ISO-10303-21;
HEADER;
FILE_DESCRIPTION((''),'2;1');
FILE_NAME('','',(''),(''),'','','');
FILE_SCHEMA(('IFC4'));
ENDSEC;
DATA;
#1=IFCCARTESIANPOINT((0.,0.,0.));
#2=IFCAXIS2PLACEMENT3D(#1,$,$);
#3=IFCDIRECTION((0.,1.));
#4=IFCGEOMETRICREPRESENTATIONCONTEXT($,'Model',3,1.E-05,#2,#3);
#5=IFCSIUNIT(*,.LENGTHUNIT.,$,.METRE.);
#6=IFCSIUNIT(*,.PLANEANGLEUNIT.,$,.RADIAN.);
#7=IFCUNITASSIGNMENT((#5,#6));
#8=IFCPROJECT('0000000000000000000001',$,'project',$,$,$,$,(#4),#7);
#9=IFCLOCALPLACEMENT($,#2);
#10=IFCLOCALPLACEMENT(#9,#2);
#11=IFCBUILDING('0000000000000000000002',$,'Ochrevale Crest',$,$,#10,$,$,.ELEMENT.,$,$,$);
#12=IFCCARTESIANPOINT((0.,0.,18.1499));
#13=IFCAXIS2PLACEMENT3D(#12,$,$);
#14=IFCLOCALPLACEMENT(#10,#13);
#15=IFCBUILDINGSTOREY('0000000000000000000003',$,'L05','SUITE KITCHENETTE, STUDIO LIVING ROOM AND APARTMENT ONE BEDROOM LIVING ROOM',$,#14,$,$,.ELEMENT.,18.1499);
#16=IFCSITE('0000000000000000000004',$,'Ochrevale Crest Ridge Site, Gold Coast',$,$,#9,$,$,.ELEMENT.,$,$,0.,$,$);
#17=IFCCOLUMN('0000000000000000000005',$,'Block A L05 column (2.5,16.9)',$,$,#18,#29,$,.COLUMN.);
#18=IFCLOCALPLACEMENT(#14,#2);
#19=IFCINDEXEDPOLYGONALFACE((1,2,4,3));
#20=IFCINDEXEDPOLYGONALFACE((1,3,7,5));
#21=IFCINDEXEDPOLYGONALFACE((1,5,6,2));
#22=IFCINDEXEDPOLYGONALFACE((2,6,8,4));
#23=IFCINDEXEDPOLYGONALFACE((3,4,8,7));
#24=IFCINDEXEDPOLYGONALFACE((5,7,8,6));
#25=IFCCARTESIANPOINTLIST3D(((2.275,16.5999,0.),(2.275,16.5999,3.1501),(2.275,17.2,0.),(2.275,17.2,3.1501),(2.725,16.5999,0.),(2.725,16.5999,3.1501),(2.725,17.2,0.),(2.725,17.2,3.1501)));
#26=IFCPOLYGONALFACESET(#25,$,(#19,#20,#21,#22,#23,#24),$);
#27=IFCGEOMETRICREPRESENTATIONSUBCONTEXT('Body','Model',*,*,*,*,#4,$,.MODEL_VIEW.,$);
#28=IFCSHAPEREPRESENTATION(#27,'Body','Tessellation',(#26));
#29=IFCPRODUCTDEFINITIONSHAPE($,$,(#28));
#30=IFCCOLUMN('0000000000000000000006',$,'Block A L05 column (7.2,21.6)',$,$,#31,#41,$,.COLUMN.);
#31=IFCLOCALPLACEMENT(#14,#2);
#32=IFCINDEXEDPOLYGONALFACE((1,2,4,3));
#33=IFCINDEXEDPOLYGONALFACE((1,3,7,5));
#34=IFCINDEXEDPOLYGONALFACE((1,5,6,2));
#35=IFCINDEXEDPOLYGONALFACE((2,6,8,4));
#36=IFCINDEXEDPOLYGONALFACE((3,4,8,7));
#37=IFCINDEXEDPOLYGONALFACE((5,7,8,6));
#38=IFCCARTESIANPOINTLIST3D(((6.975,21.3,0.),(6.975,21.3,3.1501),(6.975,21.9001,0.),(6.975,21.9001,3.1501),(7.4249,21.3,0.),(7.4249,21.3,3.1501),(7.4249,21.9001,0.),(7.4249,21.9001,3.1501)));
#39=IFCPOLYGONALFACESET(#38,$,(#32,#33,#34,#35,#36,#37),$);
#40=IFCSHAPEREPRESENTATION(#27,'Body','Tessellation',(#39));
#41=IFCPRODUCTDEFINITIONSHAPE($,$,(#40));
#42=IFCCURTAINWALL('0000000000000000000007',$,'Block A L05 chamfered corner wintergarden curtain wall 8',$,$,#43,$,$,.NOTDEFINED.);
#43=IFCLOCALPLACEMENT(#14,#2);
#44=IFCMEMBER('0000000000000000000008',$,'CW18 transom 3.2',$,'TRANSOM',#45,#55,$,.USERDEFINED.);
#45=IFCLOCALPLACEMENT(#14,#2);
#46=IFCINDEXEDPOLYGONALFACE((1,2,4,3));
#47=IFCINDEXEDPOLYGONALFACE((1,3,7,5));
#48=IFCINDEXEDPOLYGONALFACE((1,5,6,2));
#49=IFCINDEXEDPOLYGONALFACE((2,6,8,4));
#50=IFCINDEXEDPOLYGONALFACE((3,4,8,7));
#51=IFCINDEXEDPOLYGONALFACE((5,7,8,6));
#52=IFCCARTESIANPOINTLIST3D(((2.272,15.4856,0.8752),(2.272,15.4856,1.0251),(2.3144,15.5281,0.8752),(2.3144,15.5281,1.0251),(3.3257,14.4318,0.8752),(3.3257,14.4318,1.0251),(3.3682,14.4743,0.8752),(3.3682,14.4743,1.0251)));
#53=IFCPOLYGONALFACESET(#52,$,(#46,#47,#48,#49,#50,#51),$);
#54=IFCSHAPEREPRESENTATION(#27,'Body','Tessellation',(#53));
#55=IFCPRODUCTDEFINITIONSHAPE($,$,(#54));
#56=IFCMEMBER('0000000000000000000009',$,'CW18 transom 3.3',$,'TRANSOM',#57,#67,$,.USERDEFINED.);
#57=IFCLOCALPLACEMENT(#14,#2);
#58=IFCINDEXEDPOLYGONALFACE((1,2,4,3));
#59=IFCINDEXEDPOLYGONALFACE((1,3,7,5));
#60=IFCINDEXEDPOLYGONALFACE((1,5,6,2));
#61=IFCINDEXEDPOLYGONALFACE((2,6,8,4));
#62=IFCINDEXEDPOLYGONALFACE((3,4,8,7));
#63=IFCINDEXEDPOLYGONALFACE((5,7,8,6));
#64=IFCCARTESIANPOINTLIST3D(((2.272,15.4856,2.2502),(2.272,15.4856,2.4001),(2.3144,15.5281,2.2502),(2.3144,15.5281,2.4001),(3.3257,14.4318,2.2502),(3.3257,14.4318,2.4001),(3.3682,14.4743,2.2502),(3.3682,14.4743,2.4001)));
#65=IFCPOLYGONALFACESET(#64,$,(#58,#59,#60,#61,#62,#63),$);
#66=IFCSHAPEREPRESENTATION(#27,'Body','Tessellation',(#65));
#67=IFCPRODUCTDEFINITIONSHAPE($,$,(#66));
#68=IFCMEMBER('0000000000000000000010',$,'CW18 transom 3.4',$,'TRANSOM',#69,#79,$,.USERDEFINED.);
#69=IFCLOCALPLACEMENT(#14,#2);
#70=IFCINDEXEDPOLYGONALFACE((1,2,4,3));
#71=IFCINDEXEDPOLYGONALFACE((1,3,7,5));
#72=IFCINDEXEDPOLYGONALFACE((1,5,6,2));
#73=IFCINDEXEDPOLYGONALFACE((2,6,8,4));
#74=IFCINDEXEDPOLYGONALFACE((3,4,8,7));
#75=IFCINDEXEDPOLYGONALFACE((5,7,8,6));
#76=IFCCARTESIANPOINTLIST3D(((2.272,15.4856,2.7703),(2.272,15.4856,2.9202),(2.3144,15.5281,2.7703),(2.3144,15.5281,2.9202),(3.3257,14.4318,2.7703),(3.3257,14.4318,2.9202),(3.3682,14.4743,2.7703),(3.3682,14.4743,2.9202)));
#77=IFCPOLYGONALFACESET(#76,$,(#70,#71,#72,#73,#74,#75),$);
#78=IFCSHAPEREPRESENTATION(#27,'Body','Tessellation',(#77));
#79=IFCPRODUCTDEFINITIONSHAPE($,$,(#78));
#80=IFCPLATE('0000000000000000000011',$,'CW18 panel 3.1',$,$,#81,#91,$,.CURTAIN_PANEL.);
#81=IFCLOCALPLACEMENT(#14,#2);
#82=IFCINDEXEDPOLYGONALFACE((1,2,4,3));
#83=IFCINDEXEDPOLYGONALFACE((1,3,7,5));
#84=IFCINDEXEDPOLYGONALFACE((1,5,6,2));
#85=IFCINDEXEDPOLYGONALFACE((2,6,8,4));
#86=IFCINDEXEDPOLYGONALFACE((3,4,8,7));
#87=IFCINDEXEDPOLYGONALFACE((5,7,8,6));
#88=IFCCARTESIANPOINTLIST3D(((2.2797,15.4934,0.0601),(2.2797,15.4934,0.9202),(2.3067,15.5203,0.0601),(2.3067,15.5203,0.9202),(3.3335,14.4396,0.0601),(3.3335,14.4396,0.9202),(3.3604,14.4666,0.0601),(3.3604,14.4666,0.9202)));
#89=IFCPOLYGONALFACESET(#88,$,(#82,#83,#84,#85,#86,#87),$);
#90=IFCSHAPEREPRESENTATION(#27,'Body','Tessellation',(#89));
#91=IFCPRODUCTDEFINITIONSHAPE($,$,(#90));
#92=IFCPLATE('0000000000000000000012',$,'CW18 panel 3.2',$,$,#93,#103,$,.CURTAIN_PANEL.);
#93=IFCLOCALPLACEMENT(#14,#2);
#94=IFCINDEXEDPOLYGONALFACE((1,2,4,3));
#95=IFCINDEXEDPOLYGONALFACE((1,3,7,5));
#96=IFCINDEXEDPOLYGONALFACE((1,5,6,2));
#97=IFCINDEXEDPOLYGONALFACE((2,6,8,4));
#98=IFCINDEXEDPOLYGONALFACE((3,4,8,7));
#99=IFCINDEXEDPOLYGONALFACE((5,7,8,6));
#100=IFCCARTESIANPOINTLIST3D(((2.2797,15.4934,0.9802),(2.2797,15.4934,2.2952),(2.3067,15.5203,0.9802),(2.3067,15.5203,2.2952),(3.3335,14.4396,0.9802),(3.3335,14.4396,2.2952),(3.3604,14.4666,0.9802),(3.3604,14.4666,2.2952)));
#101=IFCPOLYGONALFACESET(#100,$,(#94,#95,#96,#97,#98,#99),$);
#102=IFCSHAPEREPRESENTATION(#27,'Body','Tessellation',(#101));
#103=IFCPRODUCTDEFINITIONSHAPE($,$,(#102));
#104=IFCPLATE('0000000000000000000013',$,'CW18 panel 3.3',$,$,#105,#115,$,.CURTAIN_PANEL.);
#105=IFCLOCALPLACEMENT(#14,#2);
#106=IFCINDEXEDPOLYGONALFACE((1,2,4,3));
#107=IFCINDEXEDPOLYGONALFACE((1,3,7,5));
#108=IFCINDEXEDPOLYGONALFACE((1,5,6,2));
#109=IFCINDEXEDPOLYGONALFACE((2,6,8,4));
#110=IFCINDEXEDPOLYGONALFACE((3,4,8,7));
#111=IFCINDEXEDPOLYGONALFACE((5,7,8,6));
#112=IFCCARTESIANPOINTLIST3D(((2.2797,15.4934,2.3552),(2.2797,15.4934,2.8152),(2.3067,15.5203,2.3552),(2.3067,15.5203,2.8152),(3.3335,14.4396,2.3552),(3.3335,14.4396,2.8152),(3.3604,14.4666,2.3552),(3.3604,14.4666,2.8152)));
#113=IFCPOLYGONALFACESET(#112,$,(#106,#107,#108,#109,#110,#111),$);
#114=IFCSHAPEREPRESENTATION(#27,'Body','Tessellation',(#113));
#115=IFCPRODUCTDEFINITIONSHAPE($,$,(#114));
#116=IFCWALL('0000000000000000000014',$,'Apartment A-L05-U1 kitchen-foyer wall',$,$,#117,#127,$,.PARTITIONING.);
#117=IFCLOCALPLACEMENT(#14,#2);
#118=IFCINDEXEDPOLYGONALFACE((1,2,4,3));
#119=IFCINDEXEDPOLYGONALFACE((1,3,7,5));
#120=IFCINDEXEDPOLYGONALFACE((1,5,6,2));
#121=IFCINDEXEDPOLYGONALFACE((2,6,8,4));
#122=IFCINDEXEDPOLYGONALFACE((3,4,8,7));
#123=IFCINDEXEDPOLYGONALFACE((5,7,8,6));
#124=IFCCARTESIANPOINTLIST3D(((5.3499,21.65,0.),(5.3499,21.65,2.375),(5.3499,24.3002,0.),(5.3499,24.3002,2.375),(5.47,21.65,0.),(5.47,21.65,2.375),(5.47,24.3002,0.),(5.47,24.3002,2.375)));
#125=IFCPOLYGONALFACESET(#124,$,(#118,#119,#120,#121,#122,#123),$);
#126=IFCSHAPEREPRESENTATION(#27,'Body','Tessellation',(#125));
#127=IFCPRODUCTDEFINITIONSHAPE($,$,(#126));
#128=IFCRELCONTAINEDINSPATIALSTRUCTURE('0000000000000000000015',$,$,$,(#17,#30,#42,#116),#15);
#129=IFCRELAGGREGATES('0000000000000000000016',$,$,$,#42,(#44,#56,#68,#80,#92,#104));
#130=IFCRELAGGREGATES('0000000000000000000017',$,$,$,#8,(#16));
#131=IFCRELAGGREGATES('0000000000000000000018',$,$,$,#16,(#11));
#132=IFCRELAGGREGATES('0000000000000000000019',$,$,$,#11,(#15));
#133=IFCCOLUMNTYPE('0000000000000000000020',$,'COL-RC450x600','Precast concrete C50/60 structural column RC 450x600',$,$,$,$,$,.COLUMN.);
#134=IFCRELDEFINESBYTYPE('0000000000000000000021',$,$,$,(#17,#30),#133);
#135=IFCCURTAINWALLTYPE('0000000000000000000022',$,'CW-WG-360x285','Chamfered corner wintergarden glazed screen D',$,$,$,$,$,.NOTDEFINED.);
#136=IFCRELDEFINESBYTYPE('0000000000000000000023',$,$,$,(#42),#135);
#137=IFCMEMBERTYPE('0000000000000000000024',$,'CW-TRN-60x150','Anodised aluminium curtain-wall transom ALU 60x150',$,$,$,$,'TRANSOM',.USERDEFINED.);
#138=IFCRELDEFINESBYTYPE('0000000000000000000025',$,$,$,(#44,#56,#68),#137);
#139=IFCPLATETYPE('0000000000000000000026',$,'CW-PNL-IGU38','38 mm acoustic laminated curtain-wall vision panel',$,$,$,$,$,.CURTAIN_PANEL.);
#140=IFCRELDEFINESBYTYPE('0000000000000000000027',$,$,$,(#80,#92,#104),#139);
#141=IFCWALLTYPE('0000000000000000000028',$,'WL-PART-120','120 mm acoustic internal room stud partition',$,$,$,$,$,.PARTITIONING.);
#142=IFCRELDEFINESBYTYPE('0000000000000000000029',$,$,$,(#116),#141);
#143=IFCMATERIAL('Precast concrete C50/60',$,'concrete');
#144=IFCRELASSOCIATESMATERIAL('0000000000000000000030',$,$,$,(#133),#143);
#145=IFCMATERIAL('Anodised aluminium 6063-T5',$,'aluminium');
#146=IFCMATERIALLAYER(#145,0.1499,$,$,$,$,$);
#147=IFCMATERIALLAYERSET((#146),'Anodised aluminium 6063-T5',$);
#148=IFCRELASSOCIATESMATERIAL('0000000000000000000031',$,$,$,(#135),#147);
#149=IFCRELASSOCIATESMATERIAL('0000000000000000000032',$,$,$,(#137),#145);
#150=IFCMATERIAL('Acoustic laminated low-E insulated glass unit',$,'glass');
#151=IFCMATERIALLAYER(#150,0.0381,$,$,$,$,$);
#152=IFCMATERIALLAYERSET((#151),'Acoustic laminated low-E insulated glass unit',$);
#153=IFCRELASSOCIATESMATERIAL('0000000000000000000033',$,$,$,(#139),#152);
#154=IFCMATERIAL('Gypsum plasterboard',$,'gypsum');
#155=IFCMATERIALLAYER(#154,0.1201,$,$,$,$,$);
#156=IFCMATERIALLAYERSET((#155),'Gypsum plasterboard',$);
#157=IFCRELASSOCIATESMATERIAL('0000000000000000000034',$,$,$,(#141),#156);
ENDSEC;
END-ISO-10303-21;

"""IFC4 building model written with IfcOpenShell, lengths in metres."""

from ifc_helpers import new_model, si_unit, direction, frame, frame_2d, origin, origin_2d, place, context, subcontext, project, spatial, rectangle, extrude, material, layer, layer_set, material_profile, profile_set, type_object, element, aggregate, save


model = new_model("IFC4")

# Units and contexts
model_context = context("Model", 3, precision=1e-05, world=origin(), true_north=direction((0.0, 1.0)))
body_context = subcontext(model_context, "Body", "Model", "MODEL_VIEW")
ifc_project = project(units=[si_unit("LENGTHUNIT", "METRE"), si_unit("PLANEANGLEUNIT", "RADIAN")], contexts=[model_context])

# Site, building, storey
site_placement = place(None, origin())
site = spatial("IfcSite", under=ifc_project, at=site_placement, Name="Ochrevale Crest Ridge Site, Gold Coast", CompositionType="ELEMENT", RefElevation=0.0)
building_placement = place(site_placement, origin())
building = spatial("IfcBuilding", under=site, at=building_placement, Name="Ochrevale Crest", CompositionType="ELEMENT")
storey_placement = place(building_placement, frame((0.0, 0.0, 18.1499)))
storey = spatial("IfcBuildingStorey", under=building, at=storey_placement, Name="L05", Description="SUITE KITCHENETTE, STUDIO LIVING ROOM AND APARTMENT ONE BEDROOM LIVING ROOM", CompositionType="ELEMENT", Elevation=18.1499)

# Columns
ifc_material_1 = material(Name="Precast concrete C50/60", Category="concrete")
ifc_material_profile_1 = material_profile(ifc_material_1, rectangle(XDim=0.45, YDim=0.6001, at=origin_2d()), Name="RC 450x600")
ifc_profile_set_1 = profile_set([ifc_material_profile_1], Name="Precast concrete C50/60")
column_type = type_object("IfcColumnType", Name="COL-RC450x600", Description="Precast concrete C50/60 structural column RC 450x600", PredefinedType="COLUMN", material=ifc_profile_set_1)
for number, where, z_axis, x_axis, name in (
    (1, (2.5, 16.8999, 0.0), (0.0, 0.0, 1.0), (1.0, 0.0, 0.0), "Block A L05 column (2.5,16.9)"),
    (2, (7.2, 21.6001, 0.0), (0.0, 0.0, 1.0), (1.0, 0.0, 0.0), "Block A L05 column (7.2,21.6)"),
):
    element("IfcColumn", number, at=place(storey_placement, frame(where, z_axis=z_axis, x_axis=x_axis)), inside=storey, type_object=column_type, Name=name, PredefinedType="COLUMN", context=body_context, shape_type="SweptSolid", body=[
        extrude(rectangle(XDim=0.45, YDim=0.6001, at=origin_2d()), origin(), (0.0, 0.0, 1.0), 3.1501),
    ])

# Curtain wall, members, plates
ifc_material_2 = material(Name="Anodised aluminium 6063-T5", Category="aluminium")
ifc_layer_1 = layer(ifc_material_2, 0.1499)
ifc_layer_set_1 = layer_set([ifc_layer_1], Name="Anodised aluminium 6063-T5")
curtain_wall_type = type_object("IfcCurtainWallType", Name="CW-WG-360x285", Description="Chamfered corner wintergarden glazed screen D", PredefinedType="NOTDEFINED", material=ifc_layer_set_1)
curtain_wall_placement = place(storey_placement, origin())
curtain_wall = element("IfcCurtainWall", 3, at=curtain_wall_placement, inside=storey, type_object=curtain_wall_type, Name="Block A L05 chamfered corner wintergarden curtain wall 8", PredefinedType="NOTDEFINED")
ifc_material_profile_2 = material_profile(ifc_material_2, rectangle(XDim=0.0601, YDim=0.1499, at=origin_2d()), Name="ALU 60x150")
ifc_profile_set_2 = profile_set([ifc_material_profile_2], Name="Anodised aluminium 6063-T5")
member_type = type_object("IfcMemberType", Name="CW-TRN-60x150", Description="Anodised aluminium curtain-wall transom ALU 60x150", ElementType="TRANSOM", PredefinedType="USERDEFINED", material=ifc_profile_set_2)
member_1_placement = place(storey_placement, frame((2.2932, 15.5068, 0.9502), z_axis=(0.707107, -0.707107, 0.0), x_axis=(0.707107, 0.707107, 0.0)))
member_1 = element("IfcMember", 4, at=member_1_placement, type_object=member_type, Name="CW18 transom 3.2", ObjectType="TRANSOM", PredefinedType="USERDEFINED", context=body_context, shape_type="SweptSolid", body=[
    extrude(rectangle(XDim=0.0601, YDim=0.1499, at=origin_2d()), origin(), (0.0, 0.0, 1.0), 1.4902),
])
member_2_placement = place(storey_placement, frame((2.2932, 15.5068, 2.3252), z_axis=(0.707107, -0.707107, 0.0), x_axis=(0.707107, 0.707107, 0.0)))
member_2 = element("IfcMember", 5, at=member_2_placement, type_object=member_type, Name="CW18 transom 3.3", ObjectType="TRANSOM", PredefinedType="USERDEFINED", context=body_context, shape_type="SweptSolid", body=[
    extrude(rectangle(XDim=0.0601, YDim=0.1499, at=origin_2d()), origin(), (0.0, 0.0, 1.0), 1.4902),
])
member_3_placement = place(storey_placement, frame((2.2932, 15.5068, 2.8452), z_axis=(0.707107, -0.707107, 0.0), x_axis=(0.707107, 0.707107, 0.0)))
member_3 = element("IfcMember", 6, at=member_3_placement, type_object=member_type, Name="CW18 transom 3.4", ObjectType="TRANSOM", PredefinedType="USERDEFINED", context=body_context, shape_type="SweptSolid", body=[
    extrude(rectangle(XDim=0.0601, YDim=0.1499, at=origin_2d()), origin(), (0.0, 0.0, 1.0), 1.4902),
])
ifc_material_3 = material(Name="Acoustic laminated low-E insulated glass unit", Category="glass")
ifc_layer_2 = layer(ifc_material_3, 0.0381)
ifc_layer_set_2 = layer_set([ifc_layer_2], Name="Acoustic laminated low-E insulated glass unit")
plate_type = type_object("IfcPlateType", Name="CW-PNL-IGU38", Description="38 mm acoustic laminated curtain-wall vision panel", PredefinedType="CURTAIN_PANEL", material=ifc_layer_set_2)
plate_1_placement = place(storey_placement, frame((2.8201, 14.98, 0.0601), z_axis=(0.0, 0.0, 1.0), x_axis=(0.707107, -0.707107, 0.0)))
plate_1 = element("IfcPlate", 7, at=plate_1_placement, type_object=plate_type, Name="CW18 panel 3.1", PredefinedType="CURTAIN_PANEL", context=body_context, shape_type="SweptSolid", body=[
    extrude(rectangle(XDim=1.4902, YDim=0.0381, at=origin_2d()), origin(), (0.0, 0.0, 1.0), 0.8601),
])
plate_2_placement = place(storey_placement, frame((2.8201, 14.98, 0.9802), z_axis=(0.0, 0.0, 1.0), x_axis=(0.707107, -0.707107, 0.0)))
plate_2 = element("IfcPlate", 8, at=plate_2_placement, type_object=plate_type, Name="CW18 panel 3.2", PredefinedType="CURTAIN_PANEL", context=body_context, shape_type="SweptSolid", body=[
    extrude(rectangle(XDim=1.4902, YDim=0.0381, at=origin_2d()), origin(), (0.0, 0.0, 1.0), 1.3149),
])
plate_3_placement = place(storey_placement, frame((2.8201, 14.98, 2.3552), z_axis=(0.0, 0.0, 1.0), x_axis=(0.707107, -0.707107, 0.0)))
plate_3 = element("IfcPlate", 9, at=plate_3_placement, type_object=plate_type, Name="CW18 panel 3.3", PredefinedType="CURTAIN_PANEL", context=body_context, shape_type="SweptSolid", body=[
    extrude(rectangle(XDim=1.4902, YDim=0.0381, at=origin_2d()), origin(), (0.0, 0.0, 1.0), 0.46),
])
aggregate(curtain_wall, [member_1, member_2, member_3, plate_1, plate_2, plate_3])

# Wall
ifc_material_4 = material(Name="Gypsum plasterboard", Category="gypsum")
ifc_layer_3 = layer(ifc_material_4, 0.1201)
ifc_layer_set_3 = layer_set([ifc_layer_3], Name="Gypsum plasterboard")
wall_type_1 = type_object("IfcWallType", Name="WL-PART-120", Description="120 mm acoustic internal room stud partition", PredefinedType="PARTITIONING", material=ifc_layer_set_3)
wall_1_placement = place(storey_placement, frame((5.4099, 21.6499, 0.0), z_axis=(0.0, 0.0, 1.0), x_axis=(0.0, 1.0, 0.0)))
element("IfcWall", 10, at=wall_1_placement, inside=storey, type_object=wall_type_1, Name="Apartment A-L05-U1 kitchen-foyer wall", PredefinedType="PARTITIONING", context=body_context, shape_type="SweptSolid", body=[
    extrude(rectangle(XDim=2.6501, YDim=0.1201, at=frame_2d((1.3252, 0.0))), origin(), (0.0, 0.0, 1.0), 2.375),
])

save(model, "model.ifc")
